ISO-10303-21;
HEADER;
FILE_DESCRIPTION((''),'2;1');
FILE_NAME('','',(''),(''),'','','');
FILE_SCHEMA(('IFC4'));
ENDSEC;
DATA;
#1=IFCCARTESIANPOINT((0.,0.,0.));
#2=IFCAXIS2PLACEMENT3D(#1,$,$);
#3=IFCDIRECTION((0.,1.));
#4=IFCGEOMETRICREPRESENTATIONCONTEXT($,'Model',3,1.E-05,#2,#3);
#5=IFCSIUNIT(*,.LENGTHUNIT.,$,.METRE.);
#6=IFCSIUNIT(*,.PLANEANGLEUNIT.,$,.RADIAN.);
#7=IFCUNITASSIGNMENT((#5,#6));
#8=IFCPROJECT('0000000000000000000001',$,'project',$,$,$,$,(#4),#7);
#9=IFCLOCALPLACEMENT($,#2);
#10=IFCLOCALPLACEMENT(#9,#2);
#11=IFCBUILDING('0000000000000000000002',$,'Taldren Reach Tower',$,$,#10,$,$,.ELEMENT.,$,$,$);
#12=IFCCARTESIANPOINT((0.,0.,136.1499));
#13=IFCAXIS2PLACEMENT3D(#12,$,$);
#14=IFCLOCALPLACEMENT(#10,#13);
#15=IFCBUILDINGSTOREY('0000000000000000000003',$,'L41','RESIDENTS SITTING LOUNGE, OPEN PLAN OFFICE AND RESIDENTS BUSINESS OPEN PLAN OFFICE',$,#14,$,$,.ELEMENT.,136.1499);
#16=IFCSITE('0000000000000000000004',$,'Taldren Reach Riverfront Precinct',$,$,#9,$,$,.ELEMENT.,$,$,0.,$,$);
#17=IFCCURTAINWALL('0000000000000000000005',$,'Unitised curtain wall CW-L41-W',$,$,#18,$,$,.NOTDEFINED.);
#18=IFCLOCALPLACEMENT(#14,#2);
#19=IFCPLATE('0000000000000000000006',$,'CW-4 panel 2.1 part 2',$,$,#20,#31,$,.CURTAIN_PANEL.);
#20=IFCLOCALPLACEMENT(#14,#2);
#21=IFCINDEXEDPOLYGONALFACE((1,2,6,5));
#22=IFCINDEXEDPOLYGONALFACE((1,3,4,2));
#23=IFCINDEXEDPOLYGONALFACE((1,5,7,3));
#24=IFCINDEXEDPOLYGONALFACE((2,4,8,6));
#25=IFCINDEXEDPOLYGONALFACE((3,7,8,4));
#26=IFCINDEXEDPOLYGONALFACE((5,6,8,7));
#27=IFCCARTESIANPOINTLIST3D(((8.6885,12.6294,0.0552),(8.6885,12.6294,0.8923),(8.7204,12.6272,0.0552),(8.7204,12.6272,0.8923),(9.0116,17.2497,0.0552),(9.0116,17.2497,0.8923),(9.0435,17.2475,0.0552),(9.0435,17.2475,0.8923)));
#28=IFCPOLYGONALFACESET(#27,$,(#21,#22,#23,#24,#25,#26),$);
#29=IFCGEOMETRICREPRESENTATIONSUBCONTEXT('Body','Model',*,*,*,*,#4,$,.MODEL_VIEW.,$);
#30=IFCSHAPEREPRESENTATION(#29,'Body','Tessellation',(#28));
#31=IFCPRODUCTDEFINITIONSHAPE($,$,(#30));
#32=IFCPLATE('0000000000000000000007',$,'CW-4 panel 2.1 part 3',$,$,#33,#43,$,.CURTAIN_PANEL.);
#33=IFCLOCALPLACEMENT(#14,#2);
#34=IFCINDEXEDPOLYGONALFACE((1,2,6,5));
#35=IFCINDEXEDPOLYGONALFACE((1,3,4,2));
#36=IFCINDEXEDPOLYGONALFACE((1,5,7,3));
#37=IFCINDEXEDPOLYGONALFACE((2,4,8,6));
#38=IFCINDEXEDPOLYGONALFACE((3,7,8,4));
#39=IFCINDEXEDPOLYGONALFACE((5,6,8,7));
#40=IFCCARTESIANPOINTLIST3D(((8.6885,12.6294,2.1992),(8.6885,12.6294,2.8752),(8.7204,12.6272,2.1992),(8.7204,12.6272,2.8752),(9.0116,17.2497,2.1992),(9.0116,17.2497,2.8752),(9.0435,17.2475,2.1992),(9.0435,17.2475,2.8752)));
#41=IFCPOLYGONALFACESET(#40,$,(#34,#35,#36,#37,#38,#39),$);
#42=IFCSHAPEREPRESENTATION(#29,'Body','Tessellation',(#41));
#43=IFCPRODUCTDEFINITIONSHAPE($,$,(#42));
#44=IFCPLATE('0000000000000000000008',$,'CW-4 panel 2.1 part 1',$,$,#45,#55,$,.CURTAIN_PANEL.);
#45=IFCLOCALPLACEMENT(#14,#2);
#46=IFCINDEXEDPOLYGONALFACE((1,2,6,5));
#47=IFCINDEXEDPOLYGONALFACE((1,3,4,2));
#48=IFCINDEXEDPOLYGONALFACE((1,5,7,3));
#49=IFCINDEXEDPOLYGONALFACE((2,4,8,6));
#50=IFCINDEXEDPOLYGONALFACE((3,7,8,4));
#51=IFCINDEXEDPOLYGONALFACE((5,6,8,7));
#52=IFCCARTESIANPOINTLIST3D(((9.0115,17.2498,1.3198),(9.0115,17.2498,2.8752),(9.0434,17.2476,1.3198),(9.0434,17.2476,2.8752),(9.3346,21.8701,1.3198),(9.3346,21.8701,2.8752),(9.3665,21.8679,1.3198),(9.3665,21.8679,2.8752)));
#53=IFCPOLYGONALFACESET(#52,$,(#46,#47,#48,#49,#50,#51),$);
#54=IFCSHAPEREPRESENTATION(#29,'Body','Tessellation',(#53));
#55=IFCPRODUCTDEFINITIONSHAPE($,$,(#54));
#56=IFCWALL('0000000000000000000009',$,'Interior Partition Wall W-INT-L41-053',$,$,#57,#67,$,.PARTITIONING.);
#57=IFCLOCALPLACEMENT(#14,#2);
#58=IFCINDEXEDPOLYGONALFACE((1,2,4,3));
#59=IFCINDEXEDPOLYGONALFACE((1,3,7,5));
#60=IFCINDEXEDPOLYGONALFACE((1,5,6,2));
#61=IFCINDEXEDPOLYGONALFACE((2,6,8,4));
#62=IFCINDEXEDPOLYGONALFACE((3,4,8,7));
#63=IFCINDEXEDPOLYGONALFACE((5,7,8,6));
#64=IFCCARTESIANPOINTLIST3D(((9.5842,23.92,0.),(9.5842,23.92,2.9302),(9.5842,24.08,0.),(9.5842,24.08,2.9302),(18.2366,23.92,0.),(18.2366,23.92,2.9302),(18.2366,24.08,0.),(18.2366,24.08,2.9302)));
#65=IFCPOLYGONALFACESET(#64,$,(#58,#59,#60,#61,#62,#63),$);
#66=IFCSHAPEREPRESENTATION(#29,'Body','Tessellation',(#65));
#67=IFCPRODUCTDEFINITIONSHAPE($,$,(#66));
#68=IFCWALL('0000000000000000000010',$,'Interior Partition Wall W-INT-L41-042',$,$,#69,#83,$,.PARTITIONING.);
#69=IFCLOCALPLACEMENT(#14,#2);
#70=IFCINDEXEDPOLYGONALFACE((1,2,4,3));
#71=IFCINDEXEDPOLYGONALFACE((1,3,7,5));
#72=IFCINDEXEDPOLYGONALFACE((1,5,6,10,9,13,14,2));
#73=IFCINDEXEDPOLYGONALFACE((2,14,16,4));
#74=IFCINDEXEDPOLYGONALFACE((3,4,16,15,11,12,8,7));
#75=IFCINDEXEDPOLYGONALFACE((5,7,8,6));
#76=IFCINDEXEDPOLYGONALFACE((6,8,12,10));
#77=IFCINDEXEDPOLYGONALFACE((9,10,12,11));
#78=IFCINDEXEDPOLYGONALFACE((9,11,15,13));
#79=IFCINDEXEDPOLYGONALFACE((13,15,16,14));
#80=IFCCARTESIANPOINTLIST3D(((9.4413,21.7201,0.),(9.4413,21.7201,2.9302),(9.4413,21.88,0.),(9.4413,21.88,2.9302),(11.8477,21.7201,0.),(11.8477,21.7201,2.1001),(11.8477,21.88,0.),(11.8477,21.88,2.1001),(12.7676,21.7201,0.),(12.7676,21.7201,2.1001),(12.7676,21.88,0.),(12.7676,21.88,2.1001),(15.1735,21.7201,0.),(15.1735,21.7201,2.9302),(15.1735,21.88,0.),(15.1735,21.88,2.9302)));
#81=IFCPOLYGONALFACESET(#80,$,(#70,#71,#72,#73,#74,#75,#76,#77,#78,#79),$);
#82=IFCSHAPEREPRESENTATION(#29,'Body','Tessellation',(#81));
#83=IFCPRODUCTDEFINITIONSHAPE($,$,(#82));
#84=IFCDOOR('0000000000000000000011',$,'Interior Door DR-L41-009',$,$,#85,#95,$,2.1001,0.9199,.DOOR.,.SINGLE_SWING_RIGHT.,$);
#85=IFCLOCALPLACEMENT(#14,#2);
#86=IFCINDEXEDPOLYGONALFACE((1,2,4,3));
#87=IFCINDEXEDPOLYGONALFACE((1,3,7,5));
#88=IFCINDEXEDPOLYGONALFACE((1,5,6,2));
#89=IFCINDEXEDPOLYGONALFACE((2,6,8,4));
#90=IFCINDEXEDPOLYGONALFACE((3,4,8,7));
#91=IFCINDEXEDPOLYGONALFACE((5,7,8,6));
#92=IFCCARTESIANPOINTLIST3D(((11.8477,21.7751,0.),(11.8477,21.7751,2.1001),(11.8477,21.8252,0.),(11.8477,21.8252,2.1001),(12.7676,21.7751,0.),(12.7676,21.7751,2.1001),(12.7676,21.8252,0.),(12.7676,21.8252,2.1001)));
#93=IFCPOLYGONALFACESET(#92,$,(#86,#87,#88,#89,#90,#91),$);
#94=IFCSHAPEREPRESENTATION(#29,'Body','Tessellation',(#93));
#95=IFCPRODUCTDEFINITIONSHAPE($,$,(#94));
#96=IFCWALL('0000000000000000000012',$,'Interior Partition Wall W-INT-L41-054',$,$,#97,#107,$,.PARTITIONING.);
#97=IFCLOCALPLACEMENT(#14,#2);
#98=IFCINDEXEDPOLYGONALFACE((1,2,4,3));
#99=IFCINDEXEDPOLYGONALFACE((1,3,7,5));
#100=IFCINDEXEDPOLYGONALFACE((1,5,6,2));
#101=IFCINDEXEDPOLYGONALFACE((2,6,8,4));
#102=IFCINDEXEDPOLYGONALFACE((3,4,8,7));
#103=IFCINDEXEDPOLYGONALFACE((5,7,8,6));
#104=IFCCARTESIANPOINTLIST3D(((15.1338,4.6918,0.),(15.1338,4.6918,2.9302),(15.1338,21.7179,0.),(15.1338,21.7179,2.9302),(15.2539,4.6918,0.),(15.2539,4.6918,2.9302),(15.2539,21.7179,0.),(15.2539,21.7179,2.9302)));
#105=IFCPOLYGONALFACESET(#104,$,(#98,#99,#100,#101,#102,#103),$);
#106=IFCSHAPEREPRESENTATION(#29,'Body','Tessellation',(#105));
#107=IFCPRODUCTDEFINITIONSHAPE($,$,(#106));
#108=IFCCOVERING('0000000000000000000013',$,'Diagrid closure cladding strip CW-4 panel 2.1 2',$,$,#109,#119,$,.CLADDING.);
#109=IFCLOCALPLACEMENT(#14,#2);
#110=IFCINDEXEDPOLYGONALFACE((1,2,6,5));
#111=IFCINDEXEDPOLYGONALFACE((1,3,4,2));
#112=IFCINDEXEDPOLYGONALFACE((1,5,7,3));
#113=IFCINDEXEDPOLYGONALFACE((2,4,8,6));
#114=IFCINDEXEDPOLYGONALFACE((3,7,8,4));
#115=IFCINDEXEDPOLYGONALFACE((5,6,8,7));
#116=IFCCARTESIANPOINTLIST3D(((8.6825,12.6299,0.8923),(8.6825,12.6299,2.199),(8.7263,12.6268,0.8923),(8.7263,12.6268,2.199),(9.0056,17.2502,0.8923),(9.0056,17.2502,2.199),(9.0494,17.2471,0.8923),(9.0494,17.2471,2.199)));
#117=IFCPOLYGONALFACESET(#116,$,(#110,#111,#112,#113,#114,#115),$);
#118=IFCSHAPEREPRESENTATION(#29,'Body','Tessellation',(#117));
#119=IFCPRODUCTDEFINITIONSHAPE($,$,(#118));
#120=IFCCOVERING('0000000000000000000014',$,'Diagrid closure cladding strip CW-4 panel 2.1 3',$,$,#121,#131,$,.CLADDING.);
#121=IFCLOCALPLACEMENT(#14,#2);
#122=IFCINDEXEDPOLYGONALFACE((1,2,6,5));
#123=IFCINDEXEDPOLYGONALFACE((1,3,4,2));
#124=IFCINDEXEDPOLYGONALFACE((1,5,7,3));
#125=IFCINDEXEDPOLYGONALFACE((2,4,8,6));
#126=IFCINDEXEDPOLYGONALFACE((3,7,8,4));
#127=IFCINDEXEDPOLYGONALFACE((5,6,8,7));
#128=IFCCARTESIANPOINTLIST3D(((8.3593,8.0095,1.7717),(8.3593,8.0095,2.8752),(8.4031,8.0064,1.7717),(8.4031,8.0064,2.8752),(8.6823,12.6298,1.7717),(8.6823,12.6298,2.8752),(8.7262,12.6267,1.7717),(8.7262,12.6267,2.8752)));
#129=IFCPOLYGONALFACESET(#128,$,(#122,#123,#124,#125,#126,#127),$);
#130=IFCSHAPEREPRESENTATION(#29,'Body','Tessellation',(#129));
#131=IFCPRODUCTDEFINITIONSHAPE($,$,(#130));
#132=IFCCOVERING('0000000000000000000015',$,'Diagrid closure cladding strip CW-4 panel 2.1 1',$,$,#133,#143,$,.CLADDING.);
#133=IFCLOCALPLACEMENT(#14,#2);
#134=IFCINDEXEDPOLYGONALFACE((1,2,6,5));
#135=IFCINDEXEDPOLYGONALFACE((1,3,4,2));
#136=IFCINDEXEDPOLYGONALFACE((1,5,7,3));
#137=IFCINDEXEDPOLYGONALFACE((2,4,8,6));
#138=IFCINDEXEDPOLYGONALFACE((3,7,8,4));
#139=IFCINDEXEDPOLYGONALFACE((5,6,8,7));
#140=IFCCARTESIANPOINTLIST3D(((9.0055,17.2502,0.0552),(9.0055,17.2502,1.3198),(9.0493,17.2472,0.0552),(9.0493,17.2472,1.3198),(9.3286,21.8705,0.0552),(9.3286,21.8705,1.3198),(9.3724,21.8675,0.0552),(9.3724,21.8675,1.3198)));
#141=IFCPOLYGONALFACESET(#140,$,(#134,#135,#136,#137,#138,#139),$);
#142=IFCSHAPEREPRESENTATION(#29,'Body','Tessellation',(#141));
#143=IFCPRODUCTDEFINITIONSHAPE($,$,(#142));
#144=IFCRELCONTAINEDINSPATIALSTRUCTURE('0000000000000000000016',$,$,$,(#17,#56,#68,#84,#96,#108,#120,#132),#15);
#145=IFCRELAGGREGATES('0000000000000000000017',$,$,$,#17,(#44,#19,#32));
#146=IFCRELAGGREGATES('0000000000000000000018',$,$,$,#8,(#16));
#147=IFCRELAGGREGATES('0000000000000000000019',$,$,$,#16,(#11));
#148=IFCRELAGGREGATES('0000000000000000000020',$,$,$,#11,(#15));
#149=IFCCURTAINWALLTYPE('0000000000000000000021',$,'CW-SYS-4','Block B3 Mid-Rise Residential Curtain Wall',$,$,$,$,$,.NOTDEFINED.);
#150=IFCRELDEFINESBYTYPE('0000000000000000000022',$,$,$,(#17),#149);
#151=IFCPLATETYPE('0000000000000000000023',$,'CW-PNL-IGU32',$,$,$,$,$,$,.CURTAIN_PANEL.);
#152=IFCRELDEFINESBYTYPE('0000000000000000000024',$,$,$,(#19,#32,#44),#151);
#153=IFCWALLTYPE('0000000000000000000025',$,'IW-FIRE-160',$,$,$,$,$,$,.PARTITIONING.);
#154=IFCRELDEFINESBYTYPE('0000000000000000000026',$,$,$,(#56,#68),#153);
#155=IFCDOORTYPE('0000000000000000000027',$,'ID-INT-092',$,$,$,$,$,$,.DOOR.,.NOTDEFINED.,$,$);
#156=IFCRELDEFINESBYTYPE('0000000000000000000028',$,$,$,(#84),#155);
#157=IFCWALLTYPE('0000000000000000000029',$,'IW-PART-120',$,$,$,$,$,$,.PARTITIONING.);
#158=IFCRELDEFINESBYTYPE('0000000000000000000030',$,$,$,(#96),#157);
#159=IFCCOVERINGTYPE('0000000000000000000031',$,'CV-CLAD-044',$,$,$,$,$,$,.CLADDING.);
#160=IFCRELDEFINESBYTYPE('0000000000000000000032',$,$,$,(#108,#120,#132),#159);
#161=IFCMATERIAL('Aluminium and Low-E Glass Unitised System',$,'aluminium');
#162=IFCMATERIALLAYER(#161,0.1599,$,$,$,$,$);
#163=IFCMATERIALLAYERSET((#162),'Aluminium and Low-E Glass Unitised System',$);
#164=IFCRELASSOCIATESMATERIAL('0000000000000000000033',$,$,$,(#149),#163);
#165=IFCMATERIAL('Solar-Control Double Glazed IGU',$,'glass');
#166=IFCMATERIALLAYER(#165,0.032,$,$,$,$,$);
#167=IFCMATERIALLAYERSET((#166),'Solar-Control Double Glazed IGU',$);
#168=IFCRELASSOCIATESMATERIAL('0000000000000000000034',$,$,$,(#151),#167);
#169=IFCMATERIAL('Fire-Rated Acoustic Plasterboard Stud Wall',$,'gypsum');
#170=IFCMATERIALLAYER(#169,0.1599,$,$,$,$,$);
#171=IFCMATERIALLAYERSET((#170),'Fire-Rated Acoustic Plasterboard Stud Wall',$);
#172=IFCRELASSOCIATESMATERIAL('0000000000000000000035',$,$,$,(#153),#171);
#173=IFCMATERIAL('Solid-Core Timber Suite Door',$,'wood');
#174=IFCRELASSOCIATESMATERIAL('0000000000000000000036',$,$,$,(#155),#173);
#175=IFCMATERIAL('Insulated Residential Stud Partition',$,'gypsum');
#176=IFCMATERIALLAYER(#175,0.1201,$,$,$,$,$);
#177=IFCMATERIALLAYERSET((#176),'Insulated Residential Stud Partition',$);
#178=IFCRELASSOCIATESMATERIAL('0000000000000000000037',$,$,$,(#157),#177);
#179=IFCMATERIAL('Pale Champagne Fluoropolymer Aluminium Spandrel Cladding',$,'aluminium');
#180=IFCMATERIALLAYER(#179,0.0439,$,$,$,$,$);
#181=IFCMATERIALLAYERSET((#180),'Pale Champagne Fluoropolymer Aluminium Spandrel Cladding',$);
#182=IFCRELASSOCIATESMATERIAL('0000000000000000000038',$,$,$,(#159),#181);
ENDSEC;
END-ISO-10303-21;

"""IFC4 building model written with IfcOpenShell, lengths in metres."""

from ifc_helpers import new_model, si_unit, direction, frame, frame_2d, origin, origin_2d, place, context, subcontext, project, spatial, rectangle, extrude, source, transform, mapped, material, layer, layer_set, type_object, element, fill, aggregate, save


model = new_model("IFC4")

# Units and contexts
model_context = context("Model", 3, precision=1e-05, world=origin(), true_north=direction((0.0, 1.0)))
body_context = subcontext(model_context, "Body", "Model", "MODEL_VIEW")
ifc_project = project(units=[si_unit("LENGTHUNIT", "METRE"), si_unit("PLANEANGLEUNIT", "RADIAN")], contexts=[model_context])

# Site, building, storey
site_placement = place(None, origin())
site = spatial("IfcSite", under=ifc_project, at=site_placement, Name="Taldren Reach Riverfront Precinct", CompositionType="ELEMENT", RefElevation=0.0)
building_placement = place(site_placement, origin())
building = spatial("IfcBuilding", under=site, at=building_placement, Name="Taldren Reach Tower", CompositionType="ELEMENT")
storey_placement = place(building_placement, frame((0.0, 0.0, 136.1499)))
storey = spatial("IfcBuildingStorey", under=building, at=storey_placement, Name="L41", Description="RESIDENTS SITTING LOUNGE, OPEN PLAN OFFICE AND RESIDENTS BUSINESS OPEN PLAN OFFICE", CompositionType="ELEMENT", Elevation=136.1499)

# Curtain wall
ifc_material_1 = material(Name="Aluminium and Low-E Glass Unitised System", Category="aluminium")
ifc_layer_1 = layer(ifc_material_1, 0.1599)
ifc_layer_set_1 = layer_set([ifc_layer_1], Name="Aluminium and Low-E Glass Unitised System")
curtain_wall_type = type_object("IfcCurtainWallType", Name="CW-SYS-4", Description="Block B3 Mid-Rise Residential Curtain Wall", PredefinedType="NOTDEFINED", material=ifc_layer_set_1)
curtain_wall_placement = place(storey_placement, origin())
curtain_wall = element("IfcCurtainWall", 1, at=curtain_wall_placement, inside=storey, type_object=curtain_wall_type, Name="Unitised curtain wall CW-L41-W", PredefinedType="NOTDEFINED")

# Plates
ifc_material_2 = material(Name="Solar-Control Double Glazed IGU", Category="glass")
ifc_layer_2 = layer(ifc_material_2, 0.032)
ifc_layer_set_2 = layer_set([ifc_layer_2], Name="Solar-Control Double Glazed IGU")
plate_type_1 = type_object("IfcPlateType", Name="CW-PNL-IGU32", PredefinedType="CURTAIN_PANEL", material=ifc_layer_set_2)
shared_shape_1 = source(origin(), body_context, "Body", "SweptSolid", [
    extrude(rectangle(XDim=4.6316, YDim=0.032, at=origin_2d()), origin(), (0.0, 0.0, 1.0), 0.8372),
])
plate_1_placement = place(storey_placement, frame((8.866, 14.9385, 0.0552), z_axis=(0.0, 0.0, 1.0), x_axis=(-0.069756, -0.997564, 0.0)))
plate_1 = element("IfcPlate", 2, at=plate_1_placement, type_object=plate_type_1, Name="CW-4 panel 2.1 part 2", PredefinedType="CURTAIN_PANEL", context=body_context, shape_type="MappedRepresentation", body=[
    mapped(shared_shape_1, transform((0.0, 0.0, 0.0), scale=1.0)),
])
shared_shape_2 = source(origin(), body_context, "Body", "SweptSolid", [
    extrude(rectangle(XDim=4.6316, YDim=0.032, at=origin_2d()), origin(), (0.0, 0.0, 1.0), 0.676),
])
plate_2_placement = place(storey_placement, frame((8.866, 14.9385, 2.1992), z_axis=(0.0, 0.0, 1.0), x_axis=(-0.069756, -0.997564, 0.0)))
plate_2 = element("IfcPlate", 3, at=plate_2_placement, type_object=plate_type_1, Name="CW-4 panel 2.1 part 3", PredefinedType="CURTAIN_PANEL", context=body_context, shape_type="MappedRepresentation", body=[
    mapped(shared_shape_2, transform((0.0, 0.0, 0.0), scale=1.0)),
])
shared_shape_3 = source(origin(), body_context, "Body", "SweptSolid", [
    extrude(rectangle(XDim=4.6316, YDim=0.032, at=origin_2d()), origin(), (0.0, 0.0, 1.0), 1.5554),
])
plate_3_placement = place(storey_placement, frame((9.189, 19.5588, 1.3198), z_axis=(0.0, 0.0, 1.0), x_axis=(-0.069756, -0.997564, 0.0)))
plate_3 = element("IfcPlate", 4, at=plate_3_placement, type_object=plate_type_1, Name="CW-4 panel 2.1 part 1", PredefinedType="CURTAIN_PANEL", context=body_context, shape_type="MappedRepresentation", body=[
    mapped(shared_shape_3, transform((0.0, 0.0, 0.0), scale=1.0)),
])
aggregate(curtain_wall, [plate_3, plate_1, plate_2])

# Wall
ifc_material_3 = material(Name="Fire-Rated Acoustic Plasterboard Stud Wall", Category="gypsum")
ifc_layer_3 = layer(ifc_material_3, 0.1599)
ifc_layer_set_3 = layer_set([ifc_layer_3], Name="Fire-Rated Acoustic Plasterboard Stud Wall")
wall_type_1 = type_object("IfcWallType", Name="IW-FIRE-160", PredefinedType="PARTITIONING", material=ifc_layer_set_3)
shared_shape_4 = source(origin(), body_context, "Body", "SweptSolid", [
    extrude(rectangle(XDim=8.6523, YDim=0.1599, at=frame_2d((4.3262, 0.0))), origin(), (0.0, 0.0, 1.0), 2.9302),
])
wall_1_placement = place(storey_placement, frame((9.5842, 24.0, 0.0), z_axis=(0.0, 0.0, 1.0), x_axis=(1.0, 0.0, 0.0)))
element("IfcWall", 5, at=wall_1_placement, inside=storey, type_object=wall_type_1, Name="Interior Partition Wall W-INT-L41-053", PredefinedType="PARTITIONING", context=body_context, shape_type="MappedRepresentation", body=[
    mapped(shared_shape_4, transform((0.0, 0.0, 0.0), scale=1.0)),
])

# Wall, opening, door
shared_shape_5 = source(origin(), body_context, "Body", "SweptSolid", [
    extrude(rectangle(XDim=5.7322, YDim=0.1599, at=frame_2d((2.8662, 0.0))), origin(), (0.0, 0.0, 1.0), 2.9302),
])
wall_2_placement = place(storey_placement, frame((15.1736, 21.8, 0.0), z_axis=(0.0, 0.0, 1.0), x_axis=(-1.0, 0.0, 0.0)))
wall_2 = element("IfcWall", 6, at=wall_2_placement, inside=storey, type_object=wall_type_1, Name="Interior Partition Wall W-INT-L41-042", PredefinedType="PARTITIONING", context=body_context, shape_type="MappedRepresentation", body=[
    mapped(shared_shape_5, transform((0.0, 0.0, 0.0), scale=1.0)),
])
shared_shape_6 = source(origin(), body_context, "Body", "SweptSolid", [
    extrude(rectangle(XDim=0.9199, YDim=2.1001, at=frame_2d((0.46, 1.05))), frame((0.0, 0.0898, 0.0), z_axis=(0.0, -1.0, 0.0), x_axis=(1.0, 0.0, 0.0)), (0.0, 0.0, 1.0), 0.1799),
])
opening_placement = place(wall_2_placement, frame((2.406, 0.0, 0.0)))
opening = element("IfcOpeningElement", 7, at=opening_placement, cuts=wall_2, PredefinedType="OPENING", context=body_context, shape_type="MappedRepresentation", body=[
    mapped(shared_shape_6, transform((0.0, 0.0, 0.0), scale=1.0)),
])
ifc_material_4 = material(Name="Solid-Core Timber Suite Door", Category="wood")
door_type = type_object("IfcDoorType", Name="ID-INT-092", OperationType="NOTDEFINED", PredefinedType="DOOR", material=ifc_material_4)
shared_shape_7 = source(origin(), body_context, "Body", "SweptSolid", [
    extrude(rectangle(XDim=0.9199, YDim=2.1001, at=frame_2d((0.46, 1.05))), frame((0.0, 0.0249, 0.0), z_axis=(0.0, -1.0, 0.0), x_axis=(1.0, 0.0, 0.0)), (0.0, 0.0, 1.0), 0.05),
])
door_placement = place(opening_placement, origin())
door = element("IfcDoor", 8, at=door_placement, inside=storey, type_object=door_type, Name="Interior Door DR-L41-009", OperationType="SINGLE_SWING_RIGHT", OverallHeight=2.1001, OverallWidth=0.9199, PredefinedType="DOOR", context=body_context, shape_type="MappedRepresentation", body=[
    mapped(shared_shape_7, transform((0.0, 0.0, 0.0), scale=1.0)),
])
fill(opening, door)

# Wall
ifc_material_5 = material(Name="Insulated Residential Stud Partition", Category="gypsum")
ifc_layer_4 = layer(ifc_material_5, 0.1201)
ifc_layer_set_4 = layer_set([ifc_layer_4], Name="Insulated Residential Stud Partition")
wall_type_2 = type_object("IfcWallType", Name="IW-PART-120", PredefinedType="PARTITIONING", material=ifc_layer_set_4)
shared_shape_8 = source(origin(), body_context, "Body", "SweptSolid", [
    extrude(rectangle(XDim=17.0261, YDim=0.1201, at=frame_2d((8.5132, 0.0))), origin(), (0.0, 0.0, 1.0), 2.9302),
])
wall_3_placement = place(storey_placement, frame((15.1938, 21.718, 0.0), z_axis=(0.0, 0.0, 1.0), x_axis=(0.0, -1.0, 0.0)))
element("IfcWall", 9, at=wall_3_placement, inside=storey, type_object=wall_type_2, Name="Interior Partition Wall W-INT-L41-054", PredefinedType="PARTITIONING", context=body_context, shape_type="MappedRepresentation", body=[
    mapped(shared_shape_8, transform((0.0, 0.0, 0.0), scale=1.0)),
])

# Coverings
ifc_material_6 = material(Name="Pale Champagne Fluoropolymer Aluminium Spandrel Cladding", Category="aluminium")
ifc_layer_5 = layer(ifc_material_6, 0.0439)
ifc_layer_set_5 = layer_set([ifc_layer_5], Name="Pale Champagne Fluoropolymer Aluminium Spandrel Cladding")
covering_type = type_object("IfcCoveringType", Name="CV-CLAD-044", PredefinedType="CLADDING", material=ifc_layer_set_5)
shared_shape_9 = source(origin(), body_context, "Body", "SweptSolid", [
    extrude(rectangle(XDim=4.6316, YDim=0.0439, at=origin_2d()), origin(), (0.0, 0.0, 1.0), 1.3066),
])
covering_1_placement = place(storey_placement, frame((8.866, 14.9385, 0.8923), z_axis=(0.0, 0.0, 1.0), x_axis=(-0.069756, -0.997564, 0.0)))
element("IfcCovering", 10, at=covering_1_placement, inside=storey, type_object=covering_type, Name="Diagrid closure cladding strip CW-4 panel 2.1 2", PredefinedType="CLADDING", context=body_context, shape_type="MappedRepresentation", body=[
    mapped(shared_shape_9, transform((0.0, 0.0, 0.0), scale=1.0)),
])
shared_shape_10 = source(origin(), body_context, "Body", "SweptSolid", [
    extrude(rectangle(XDim=4.6316, YDim=0.0439, at=origin_2d()), origin(), (0.0, 0.0, 1.0), 1.1035),
])
covering_2_placement = place(storey_placement, frame((8.5427, 10.3181, 1.7717), z_axis=(0.0, 0.0, 1.0), x_axis=(-0.069756, -0.997564, 0.0)))
element("IfcCovering", 11, at=covering_2_placement, inside=storey, type_object=covering_type, Name="Diagrid closure cladding strip CW-4 panel 2.1 3", PredefinedType="CLADDING", context=body_context, shape_type="MappedRepresentation", body=[
    mapped(shared_shape_10, transform((0.0, 0.0, 0.0), scale=1.0)),
])
shared_shape_11 = source(origin(), body_context, "Body", "SweptSolid", [
    extrude(rectangle(XDim=4.6316, YDim=0.0439, at=origin_2d()), origin(), (0.0, 0.0, 1.0), 1.2646),
])
covering_3_placement = place(storey_placement, frame((9.189, 19.5588, 0.0552), z_axis=(0.0, 0.0, 1.0), x_axis=(-0.069756, -0.997564, 0.0)))
element("IfcCovering", 12, at=covering_3_placement, inside=storey, type_object=covering_type, Name="Diagrid closure cladding strip CW-4 panel 2.1 1", PredefinedType="CLADDING", context=body_context, shape_type="MappedRepresentation", body=[
    mapped(shared_shape_11, transform((0.0, 0.0, 0.0), scale=1.0)),
])

save(model, "model.ifc")
